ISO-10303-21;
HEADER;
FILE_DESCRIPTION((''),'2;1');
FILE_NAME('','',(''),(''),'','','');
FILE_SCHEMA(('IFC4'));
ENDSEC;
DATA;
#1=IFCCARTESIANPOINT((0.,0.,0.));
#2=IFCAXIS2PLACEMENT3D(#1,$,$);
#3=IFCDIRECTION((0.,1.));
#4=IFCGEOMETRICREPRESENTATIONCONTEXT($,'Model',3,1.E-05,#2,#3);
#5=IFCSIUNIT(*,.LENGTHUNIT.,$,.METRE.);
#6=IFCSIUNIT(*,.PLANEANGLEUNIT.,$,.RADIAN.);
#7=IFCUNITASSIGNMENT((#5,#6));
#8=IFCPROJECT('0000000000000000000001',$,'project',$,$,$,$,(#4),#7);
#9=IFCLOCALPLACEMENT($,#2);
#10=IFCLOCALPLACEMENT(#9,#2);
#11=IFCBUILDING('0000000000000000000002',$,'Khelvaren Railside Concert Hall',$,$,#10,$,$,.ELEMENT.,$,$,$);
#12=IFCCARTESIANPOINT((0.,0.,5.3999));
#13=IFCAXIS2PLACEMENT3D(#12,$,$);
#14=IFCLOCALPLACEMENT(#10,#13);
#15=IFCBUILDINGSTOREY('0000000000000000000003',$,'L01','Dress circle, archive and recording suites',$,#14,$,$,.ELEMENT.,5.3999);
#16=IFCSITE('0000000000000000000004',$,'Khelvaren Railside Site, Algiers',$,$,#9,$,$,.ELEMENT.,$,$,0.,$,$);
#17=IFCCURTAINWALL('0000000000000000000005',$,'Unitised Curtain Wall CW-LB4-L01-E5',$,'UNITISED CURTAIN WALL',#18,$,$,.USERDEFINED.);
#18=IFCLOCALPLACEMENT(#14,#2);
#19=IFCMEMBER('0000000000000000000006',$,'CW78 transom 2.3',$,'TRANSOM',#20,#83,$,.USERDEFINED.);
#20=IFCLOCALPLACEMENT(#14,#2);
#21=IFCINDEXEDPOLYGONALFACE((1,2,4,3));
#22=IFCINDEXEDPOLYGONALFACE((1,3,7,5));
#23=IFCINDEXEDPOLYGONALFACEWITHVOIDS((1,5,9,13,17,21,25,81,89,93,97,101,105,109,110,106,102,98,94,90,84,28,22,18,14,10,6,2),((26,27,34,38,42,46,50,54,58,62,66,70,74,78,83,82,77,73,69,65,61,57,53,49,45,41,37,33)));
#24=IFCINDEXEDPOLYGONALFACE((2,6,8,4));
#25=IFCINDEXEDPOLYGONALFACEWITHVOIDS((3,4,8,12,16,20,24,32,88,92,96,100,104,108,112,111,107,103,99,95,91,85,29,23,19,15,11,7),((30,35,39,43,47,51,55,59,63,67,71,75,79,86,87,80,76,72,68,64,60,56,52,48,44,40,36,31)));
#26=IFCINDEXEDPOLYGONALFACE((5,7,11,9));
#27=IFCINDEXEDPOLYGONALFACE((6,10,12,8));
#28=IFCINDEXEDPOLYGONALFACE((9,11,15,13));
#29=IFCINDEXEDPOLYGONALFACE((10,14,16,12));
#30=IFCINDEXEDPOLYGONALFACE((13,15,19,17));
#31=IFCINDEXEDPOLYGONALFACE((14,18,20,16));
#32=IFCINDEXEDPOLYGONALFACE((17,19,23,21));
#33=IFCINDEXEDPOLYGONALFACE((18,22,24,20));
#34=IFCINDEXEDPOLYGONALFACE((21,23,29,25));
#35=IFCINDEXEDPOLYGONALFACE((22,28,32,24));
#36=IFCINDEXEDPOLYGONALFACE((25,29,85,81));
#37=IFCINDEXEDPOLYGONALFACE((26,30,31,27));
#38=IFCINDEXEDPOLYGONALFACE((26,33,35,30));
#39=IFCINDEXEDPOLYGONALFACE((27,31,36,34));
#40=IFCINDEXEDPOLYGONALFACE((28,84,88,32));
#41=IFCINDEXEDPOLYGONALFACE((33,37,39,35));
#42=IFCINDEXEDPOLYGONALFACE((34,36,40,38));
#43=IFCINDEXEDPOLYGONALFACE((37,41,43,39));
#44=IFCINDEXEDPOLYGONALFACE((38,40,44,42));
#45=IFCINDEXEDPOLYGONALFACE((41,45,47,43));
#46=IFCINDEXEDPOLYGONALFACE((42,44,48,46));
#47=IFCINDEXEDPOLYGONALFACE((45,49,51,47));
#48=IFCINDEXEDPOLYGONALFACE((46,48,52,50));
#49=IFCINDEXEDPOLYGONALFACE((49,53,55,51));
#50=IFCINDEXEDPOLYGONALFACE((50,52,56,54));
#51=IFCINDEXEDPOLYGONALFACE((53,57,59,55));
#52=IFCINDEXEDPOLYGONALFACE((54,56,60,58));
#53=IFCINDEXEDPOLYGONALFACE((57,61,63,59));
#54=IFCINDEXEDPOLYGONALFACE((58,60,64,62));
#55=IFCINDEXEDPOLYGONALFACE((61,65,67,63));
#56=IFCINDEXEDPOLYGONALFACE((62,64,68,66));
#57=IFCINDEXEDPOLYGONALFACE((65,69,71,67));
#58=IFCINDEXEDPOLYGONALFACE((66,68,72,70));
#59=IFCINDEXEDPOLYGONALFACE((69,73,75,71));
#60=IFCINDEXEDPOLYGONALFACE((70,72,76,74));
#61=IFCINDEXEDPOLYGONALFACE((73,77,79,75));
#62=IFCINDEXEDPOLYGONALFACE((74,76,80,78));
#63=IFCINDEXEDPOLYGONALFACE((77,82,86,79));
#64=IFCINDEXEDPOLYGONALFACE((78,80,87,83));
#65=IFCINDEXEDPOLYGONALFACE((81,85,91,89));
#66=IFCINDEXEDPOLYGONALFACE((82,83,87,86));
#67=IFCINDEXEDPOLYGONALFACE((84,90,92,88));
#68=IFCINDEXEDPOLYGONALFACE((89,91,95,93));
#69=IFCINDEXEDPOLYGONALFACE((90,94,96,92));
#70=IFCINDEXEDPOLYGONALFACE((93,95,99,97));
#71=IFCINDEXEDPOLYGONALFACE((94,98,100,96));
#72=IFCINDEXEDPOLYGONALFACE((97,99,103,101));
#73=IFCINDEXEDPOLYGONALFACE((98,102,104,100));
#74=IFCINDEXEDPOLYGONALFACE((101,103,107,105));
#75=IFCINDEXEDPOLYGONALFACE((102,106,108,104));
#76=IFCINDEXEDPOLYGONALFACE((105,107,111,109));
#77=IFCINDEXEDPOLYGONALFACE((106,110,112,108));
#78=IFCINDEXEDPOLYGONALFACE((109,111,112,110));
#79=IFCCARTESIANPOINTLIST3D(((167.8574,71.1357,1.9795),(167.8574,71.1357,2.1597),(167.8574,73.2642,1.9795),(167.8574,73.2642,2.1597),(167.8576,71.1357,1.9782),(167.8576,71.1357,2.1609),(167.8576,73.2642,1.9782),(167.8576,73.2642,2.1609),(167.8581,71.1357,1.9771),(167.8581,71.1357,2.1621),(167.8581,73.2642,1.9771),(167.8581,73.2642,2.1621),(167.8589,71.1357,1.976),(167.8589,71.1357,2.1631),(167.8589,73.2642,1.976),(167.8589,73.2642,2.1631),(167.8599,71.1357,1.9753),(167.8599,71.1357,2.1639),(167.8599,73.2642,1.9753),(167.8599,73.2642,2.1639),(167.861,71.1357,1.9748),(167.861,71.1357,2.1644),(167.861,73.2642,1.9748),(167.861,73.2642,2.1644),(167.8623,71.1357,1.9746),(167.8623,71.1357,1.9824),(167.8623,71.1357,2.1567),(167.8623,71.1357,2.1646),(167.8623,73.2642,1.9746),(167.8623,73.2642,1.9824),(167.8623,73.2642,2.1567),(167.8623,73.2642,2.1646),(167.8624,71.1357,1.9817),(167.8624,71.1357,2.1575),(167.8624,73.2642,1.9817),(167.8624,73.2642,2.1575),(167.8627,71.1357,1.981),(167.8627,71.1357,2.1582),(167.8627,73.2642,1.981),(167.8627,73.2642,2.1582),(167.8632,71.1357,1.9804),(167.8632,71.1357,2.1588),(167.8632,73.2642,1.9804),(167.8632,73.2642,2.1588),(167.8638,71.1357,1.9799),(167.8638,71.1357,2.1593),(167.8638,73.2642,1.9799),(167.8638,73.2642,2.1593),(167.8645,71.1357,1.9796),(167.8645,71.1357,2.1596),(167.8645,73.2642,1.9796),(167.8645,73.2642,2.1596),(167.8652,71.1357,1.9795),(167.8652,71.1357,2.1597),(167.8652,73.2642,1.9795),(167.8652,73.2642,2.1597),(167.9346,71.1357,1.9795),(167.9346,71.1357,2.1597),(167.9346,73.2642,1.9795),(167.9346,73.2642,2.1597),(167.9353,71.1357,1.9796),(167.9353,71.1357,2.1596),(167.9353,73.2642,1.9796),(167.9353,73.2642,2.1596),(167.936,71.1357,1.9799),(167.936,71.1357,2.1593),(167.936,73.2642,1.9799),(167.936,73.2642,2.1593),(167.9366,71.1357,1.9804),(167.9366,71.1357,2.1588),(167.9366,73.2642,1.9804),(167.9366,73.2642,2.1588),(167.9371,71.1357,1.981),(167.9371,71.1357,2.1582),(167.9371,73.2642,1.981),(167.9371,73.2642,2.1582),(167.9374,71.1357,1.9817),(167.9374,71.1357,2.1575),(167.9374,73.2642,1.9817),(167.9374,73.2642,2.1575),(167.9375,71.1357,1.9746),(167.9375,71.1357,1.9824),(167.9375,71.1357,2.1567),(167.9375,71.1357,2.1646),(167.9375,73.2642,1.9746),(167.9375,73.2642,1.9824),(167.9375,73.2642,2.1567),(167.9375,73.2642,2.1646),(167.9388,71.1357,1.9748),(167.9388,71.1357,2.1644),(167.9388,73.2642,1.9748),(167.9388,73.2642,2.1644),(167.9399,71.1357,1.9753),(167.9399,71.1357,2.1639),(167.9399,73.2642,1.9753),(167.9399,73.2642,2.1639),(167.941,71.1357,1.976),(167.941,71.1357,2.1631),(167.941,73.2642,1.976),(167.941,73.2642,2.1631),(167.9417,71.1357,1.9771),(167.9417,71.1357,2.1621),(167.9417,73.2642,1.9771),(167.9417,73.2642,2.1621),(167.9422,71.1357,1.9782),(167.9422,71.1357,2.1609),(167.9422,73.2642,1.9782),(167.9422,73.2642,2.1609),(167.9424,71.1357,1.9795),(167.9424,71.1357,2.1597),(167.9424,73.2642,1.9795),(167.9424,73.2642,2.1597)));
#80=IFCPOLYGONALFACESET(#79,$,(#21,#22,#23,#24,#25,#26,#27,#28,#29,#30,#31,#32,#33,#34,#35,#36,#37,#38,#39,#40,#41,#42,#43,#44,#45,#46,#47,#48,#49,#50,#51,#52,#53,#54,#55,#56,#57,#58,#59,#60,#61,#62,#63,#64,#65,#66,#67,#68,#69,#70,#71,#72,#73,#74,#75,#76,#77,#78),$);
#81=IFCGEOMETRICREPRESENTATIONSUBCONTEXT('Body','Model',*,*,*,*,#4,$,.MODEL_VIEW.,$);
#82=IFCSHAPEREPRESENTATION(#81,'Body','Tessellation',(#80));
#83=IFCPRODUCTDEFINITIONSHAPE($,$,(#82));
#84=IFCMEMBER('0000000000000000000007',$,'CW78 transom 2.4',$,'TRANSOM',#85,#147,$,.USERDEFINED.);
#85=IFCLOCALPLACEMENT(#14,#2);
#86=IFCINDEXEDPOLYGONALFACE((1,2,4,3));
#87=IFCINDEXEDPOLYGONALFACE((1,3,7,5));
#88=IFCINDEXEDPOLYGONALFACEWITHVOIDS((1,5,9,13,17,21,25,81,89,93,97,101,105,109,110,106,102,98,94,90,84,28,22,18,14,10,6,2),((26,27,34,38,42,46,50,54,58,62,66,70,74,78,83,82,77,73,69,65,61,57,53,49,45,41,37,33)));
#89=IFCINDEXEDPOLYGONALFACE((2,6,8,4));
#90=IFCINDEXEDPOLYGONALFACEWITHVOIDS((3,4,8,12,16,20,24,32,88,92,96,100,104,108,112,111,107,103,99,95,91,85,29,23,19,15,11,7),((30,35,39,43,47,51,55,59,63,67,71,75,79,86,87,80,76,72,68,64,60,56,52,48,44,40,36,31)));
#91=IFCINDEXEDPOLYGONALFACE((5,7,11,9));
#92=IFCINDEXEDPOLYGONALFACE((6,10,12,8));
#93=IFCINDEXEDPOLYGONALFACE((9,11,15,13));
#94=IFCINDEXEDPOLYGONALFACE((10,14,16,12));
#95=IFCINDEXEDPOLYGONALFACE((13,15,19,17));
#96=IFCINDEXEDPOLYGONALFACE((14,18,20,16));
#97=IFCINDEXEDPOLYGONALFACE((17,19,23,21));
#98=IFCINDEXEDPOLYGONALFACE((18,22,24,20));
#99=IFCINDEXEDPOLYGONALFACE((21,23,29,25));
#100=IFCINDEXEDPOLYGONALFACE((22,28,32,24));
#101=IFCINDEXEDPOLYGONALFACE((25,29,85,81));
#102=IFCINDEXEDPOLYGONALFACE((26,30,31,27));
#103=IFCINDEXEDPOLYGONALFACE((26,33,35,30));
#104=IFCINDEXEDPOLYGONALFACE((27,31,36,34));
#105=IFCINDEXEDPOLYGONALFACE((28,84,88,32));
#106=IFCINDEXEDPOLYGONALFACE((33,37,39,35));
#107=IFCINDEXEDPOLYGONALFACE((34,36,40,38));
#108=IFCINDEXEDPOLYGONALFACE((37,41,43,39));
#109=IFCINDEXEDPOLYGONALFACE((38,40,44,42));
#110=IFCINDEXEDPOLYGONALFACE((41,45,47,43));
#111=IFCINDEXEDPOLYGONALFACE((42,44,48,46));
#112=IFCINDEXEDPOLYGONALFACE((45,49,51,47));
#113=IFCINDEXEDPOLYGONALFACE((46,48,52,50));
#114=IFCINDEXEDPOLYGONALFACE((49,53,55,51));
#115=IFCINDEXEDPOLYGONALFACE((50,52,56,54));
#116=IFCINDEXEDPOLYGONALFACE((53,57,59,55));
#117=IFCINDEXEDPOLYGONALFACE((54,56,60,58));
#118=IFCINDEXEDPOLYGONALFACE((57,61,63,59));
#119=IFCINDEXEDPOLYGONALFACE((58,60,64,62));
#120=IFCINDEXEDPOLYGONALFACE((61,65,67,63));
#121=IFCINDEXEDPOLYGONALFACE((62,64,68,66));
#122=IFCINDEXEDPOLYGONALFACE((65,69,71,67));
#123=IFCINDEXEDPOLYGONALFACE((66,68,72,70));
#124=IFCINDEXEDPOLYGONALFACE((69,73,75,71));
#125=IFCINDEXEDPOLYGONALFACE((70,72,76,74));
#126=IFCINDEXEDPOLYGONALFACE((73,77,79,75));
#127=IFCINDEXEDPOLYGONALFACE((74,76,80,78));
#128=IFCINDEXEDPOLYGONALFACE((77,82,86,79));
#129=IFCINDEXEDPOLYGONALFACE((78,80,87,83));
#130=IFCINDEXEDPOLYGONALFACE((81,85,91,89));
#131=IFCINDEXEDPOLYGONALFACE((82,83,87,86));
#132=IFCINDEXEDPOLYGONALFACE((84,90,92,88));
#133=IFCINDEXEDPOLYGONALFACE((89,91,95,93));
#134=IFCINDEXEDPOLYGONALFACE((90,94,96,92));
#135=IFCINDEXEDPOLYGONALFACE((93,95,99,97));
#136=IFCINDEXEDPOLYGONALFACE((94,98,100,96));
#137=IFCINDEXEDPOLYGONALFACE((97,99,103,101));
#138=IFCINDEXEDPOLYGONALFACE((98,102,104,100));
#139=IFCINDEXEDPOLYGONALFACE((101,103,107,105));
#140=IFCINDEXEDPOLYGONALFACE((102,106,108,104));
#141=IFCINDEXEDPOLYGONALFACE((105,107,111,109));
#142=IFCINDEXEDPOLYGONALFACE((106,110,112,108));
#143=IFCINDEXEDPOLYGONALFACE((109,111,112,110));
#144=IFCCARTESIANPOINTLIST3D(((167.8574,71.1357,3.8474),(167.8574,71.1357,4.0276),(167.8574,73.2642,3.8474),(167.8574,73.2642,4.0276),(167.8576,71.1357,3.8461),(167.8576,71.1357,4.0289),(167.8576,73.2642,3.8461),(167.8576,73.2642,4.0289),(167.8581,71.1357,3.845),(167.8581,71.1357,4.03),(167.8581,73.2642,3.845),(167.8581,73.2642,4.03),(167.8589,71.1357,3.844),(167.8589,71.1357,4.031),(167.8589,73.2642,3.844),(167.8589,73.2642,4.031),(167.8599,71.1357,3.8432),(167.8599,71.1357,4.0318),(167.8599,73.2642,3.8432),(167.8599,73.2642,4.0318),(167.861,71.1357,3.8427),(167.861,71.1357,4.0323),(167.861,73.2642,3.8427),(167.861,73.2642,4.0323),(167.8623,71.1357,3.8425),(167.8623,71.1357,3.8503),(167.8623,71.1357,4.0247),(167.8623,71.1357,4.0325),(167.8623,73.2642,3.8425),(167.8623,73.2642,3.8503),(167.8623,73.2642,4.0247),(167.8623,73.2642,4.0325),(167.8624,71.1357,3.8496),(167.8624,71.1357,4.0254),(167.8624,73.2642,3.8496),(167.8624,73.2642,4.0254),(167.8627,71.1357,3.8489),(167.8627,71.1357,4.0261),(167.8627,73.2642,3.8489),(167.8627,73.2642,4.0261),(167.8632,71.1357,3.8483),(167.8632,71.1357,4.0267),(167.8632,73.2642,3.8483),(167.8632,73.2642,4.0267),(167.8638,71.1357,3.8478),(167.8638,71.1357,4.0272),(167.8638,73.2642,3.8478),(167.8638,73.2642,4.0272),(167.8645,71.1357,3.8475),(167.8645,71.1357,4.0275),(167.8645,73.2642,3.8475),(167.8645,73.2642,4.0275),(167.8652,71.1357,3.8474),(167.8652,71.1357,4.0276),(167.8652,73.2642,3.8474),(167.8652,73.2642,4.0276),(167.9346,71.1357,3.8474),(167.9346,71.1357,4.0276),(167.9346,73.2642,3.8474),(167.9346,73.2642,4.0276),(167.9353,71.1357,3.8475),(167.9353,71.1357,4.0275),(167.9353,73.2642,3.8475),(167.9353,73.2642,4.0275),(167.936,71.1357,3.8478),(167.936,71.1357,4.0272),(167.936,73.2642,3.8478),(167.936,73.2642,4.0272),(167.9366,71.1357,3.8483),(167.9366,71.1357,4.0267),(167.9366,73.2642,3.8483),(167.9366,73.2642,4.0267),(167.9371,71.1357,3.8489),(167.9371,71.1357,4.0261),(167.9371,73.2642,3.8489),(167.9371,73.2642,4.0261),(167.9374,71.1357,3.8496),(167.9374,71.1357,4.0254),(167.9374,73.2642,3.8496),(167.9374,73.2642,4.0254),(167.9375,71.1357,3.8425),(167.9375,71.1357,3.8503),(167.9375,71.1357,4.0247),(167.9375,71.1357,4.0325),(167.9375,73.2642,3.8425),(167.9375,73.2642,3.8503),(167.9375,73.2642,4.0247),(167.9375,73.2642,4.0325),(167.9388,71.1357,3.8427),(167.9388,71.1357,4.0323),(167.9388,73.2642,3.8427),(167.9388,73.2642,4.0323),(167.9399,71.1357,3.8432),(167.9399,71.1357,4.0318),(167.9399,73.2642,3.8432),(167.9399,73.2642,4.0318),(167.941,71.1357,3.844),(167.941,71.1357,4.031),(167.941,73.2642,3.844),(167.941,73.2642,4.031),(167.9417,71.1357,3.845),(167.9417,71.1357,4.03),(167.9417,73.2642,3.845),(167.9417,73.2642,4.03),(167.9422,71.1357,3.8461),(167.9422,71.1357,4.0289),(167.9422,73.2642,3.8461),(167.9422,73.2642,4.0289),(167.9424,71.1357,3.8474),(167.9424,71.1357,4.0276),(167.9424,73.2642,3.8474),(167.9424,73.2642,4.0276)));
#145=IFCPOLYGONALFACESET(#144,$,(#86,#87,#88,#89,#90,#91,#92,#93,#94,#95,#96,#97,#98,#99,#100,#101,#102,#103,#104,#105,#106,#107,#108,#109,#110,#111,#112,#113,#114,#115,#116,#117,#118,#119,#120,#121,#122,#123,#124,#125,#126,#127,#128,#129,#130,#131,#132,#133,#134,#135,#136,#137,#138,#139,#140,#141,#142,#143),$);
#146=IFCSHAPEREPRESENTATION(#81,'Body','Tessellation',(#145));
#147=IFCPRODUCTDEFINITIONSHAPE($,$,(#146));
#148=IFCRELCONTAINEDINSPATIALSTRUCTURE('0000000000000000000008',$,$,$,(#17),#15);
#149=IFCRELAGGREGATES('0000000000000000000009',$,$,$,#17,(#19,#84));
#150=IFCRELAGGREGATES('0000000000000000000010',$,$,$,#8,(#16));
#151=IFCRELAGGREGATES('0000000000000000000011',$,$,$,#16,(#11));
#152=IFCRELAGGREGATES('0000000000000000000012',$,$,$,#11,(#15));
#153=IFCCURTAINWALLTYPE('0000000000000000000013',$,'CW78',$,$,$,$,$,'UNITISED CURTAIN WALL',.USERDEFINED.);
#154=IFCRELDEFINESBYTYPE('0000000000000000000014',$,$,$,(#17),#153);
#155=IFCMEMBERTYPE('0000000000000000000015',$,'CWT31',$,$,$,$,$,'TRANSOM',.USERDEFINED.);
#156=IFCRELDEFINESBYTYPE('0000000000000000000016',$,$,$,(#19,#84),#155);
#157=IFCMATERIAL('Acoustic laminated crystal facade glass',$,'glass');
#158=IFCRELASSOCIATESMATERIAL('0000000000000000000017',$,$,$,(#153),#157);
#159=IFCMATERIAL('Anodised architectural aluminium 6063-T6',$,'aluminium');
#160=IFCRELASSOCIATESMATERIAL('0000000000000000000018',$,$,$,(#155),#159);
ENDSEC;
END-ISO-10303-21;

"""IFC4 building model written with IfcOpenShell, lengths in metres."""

from ifc_helpers import new_model, si_unit, direction, frame, origin, origin_2d, place, context, subcontext, project, spatial, hollow_rectangle, extrude, material, material_profile, profile_set, type_object, element, aggregate, save


model = new_model("IFC4")

# Units and contexts
model_context = context("Model", 3, precision=1e-05, world=origin(), true_north=direction((0.0, 1.0)))
body_context = subcontext(model_context, "Body", "Model", "MODEL_VIEW")
ifc_project = project(units=[si_unit("LENGTHUNIT", "METRE"), si_unit("PLANEANGLEUNIT", "RADIAN")], contexts=[model_context])

# Site, building, storey
site_placement = place(None, origin())
site = spatial("IfcSite", under=ifc_project, at=site_placement, Name="Khelvaren Railside Site, Algiers", CompositionType="ELEMENT", RefElevation=0.0)
building_placement = place(site_placement, origin())
building = spatial("IfcBuilding", under=site, at=building_placement, Name="Khelvaren Railside Concert Hall", CompositionType="ELEMENT")
storey_placement = place(building_placement, frame((0.0, 0.0, 5.3999)))
storey = spatial("IfcBuildingStorey", under=building, at=storey_placement, Name="L01", Description="Dress circle, archive and recording suites", CompositionType="ELEMENT", Elevation=5.3999)

# Shared definitions
ifc_material_1 = material(Name="Acoustic laminated crystal facade glass", Category="glass")
curtain_wall_type = type_object("IfcCurtainWallType", Name="CW78", ElementType="UNITISED CURTAIN WALL", PredefinedType="USERDEFINED", material=ifc_material_1)
ifc_material_2 = material(Name="Anodised architectural aluminium 6063-T6", Category="aluminium")

# Curtain wall, members
curtain_wall_1_placement = place(storey_placement, origin())
curtain_wall_1 = element("IfcCurtainWall", 1, at=curtain_wall_1_placement, inside=storey, type_object=curtain_wall_type, Name="Unitised Curtain Wall CW-LB4-L01-E5", ObjectType="UNITISED CURTAIN WALL", PredefinedType="USERDEFINED")
ifc_material_profile_1 = material_profile(ifc_material_2, hollow_rectangle(XDim=0.085, YDim=0.1899, WallThickness=0.0049, InnerFilletRadius=0.0029, OuterFilletRadius=0.0049, at=origin_2d()), Name="CWT 85x190x5")
ifc_profile_set_1 = profile_set([ifc_material_profile_1], Name="Anodised architectural aluminium 6063-T6")
member_type_1 = type_object("IfcMemberType", Name="CWT31", ElementType="TRANSOM", PredefinedType="USERDEFINED", material=ifc_profile_set_1)
member_1_placement = place(storey_placement, frame((167.8999, 73.2642, 2.0696), z_axis=(0.0, -1.0, 0.0), x_axis=(1.0, 0.0, 0.0)))
member_1 = element("IfcMember", 2, at=member_1_placement, type_object=member_type_1, Name="CW78 transom 2.3", ObjectType="TRANSOM", PredefinedType="USERDEFINED", context=body_context, shape_type="SweptSolid", body=[
    extrude(hollow_rectangle(XDim=0.085, YDim=0.1899, WallThickness=0.0049, InnerFilletRadius=0.0029, OuterFilletRadius=0.0049, at=origin_2d()), origin(), (0.0, 0.0, 1.0), 2.1284),
])
member_2_placement = place(storey_placement, frame((167.8999, 73.2642, 3.9375), z_axis=(0.0, -1.0, 0.0), x_axis=(1.0, 0.0, 0.0)))
member_2 = element("IfcMember", 3, at=member_2_placement, type_object=member_type_1, Name="CW78 transom 2.4", ObjectType="TRANSOM", PredefinedType="USERDEFINED", context=body_context, shape_type="SweptSolid", body=[
    extrude(hollow_rectangle(XDim=0.085, YDim=0.1899, WallThickness=0.0049, InnerFilletRadius=0.0029, OuterFilletRadius=0.0049, at=origin_2d()), origin(), (0.0, 0.0, 1.0), 2.1284),
])

aggregate(curtain_wall_1, [member_1, member_2])

save(model, "model.ifc")
